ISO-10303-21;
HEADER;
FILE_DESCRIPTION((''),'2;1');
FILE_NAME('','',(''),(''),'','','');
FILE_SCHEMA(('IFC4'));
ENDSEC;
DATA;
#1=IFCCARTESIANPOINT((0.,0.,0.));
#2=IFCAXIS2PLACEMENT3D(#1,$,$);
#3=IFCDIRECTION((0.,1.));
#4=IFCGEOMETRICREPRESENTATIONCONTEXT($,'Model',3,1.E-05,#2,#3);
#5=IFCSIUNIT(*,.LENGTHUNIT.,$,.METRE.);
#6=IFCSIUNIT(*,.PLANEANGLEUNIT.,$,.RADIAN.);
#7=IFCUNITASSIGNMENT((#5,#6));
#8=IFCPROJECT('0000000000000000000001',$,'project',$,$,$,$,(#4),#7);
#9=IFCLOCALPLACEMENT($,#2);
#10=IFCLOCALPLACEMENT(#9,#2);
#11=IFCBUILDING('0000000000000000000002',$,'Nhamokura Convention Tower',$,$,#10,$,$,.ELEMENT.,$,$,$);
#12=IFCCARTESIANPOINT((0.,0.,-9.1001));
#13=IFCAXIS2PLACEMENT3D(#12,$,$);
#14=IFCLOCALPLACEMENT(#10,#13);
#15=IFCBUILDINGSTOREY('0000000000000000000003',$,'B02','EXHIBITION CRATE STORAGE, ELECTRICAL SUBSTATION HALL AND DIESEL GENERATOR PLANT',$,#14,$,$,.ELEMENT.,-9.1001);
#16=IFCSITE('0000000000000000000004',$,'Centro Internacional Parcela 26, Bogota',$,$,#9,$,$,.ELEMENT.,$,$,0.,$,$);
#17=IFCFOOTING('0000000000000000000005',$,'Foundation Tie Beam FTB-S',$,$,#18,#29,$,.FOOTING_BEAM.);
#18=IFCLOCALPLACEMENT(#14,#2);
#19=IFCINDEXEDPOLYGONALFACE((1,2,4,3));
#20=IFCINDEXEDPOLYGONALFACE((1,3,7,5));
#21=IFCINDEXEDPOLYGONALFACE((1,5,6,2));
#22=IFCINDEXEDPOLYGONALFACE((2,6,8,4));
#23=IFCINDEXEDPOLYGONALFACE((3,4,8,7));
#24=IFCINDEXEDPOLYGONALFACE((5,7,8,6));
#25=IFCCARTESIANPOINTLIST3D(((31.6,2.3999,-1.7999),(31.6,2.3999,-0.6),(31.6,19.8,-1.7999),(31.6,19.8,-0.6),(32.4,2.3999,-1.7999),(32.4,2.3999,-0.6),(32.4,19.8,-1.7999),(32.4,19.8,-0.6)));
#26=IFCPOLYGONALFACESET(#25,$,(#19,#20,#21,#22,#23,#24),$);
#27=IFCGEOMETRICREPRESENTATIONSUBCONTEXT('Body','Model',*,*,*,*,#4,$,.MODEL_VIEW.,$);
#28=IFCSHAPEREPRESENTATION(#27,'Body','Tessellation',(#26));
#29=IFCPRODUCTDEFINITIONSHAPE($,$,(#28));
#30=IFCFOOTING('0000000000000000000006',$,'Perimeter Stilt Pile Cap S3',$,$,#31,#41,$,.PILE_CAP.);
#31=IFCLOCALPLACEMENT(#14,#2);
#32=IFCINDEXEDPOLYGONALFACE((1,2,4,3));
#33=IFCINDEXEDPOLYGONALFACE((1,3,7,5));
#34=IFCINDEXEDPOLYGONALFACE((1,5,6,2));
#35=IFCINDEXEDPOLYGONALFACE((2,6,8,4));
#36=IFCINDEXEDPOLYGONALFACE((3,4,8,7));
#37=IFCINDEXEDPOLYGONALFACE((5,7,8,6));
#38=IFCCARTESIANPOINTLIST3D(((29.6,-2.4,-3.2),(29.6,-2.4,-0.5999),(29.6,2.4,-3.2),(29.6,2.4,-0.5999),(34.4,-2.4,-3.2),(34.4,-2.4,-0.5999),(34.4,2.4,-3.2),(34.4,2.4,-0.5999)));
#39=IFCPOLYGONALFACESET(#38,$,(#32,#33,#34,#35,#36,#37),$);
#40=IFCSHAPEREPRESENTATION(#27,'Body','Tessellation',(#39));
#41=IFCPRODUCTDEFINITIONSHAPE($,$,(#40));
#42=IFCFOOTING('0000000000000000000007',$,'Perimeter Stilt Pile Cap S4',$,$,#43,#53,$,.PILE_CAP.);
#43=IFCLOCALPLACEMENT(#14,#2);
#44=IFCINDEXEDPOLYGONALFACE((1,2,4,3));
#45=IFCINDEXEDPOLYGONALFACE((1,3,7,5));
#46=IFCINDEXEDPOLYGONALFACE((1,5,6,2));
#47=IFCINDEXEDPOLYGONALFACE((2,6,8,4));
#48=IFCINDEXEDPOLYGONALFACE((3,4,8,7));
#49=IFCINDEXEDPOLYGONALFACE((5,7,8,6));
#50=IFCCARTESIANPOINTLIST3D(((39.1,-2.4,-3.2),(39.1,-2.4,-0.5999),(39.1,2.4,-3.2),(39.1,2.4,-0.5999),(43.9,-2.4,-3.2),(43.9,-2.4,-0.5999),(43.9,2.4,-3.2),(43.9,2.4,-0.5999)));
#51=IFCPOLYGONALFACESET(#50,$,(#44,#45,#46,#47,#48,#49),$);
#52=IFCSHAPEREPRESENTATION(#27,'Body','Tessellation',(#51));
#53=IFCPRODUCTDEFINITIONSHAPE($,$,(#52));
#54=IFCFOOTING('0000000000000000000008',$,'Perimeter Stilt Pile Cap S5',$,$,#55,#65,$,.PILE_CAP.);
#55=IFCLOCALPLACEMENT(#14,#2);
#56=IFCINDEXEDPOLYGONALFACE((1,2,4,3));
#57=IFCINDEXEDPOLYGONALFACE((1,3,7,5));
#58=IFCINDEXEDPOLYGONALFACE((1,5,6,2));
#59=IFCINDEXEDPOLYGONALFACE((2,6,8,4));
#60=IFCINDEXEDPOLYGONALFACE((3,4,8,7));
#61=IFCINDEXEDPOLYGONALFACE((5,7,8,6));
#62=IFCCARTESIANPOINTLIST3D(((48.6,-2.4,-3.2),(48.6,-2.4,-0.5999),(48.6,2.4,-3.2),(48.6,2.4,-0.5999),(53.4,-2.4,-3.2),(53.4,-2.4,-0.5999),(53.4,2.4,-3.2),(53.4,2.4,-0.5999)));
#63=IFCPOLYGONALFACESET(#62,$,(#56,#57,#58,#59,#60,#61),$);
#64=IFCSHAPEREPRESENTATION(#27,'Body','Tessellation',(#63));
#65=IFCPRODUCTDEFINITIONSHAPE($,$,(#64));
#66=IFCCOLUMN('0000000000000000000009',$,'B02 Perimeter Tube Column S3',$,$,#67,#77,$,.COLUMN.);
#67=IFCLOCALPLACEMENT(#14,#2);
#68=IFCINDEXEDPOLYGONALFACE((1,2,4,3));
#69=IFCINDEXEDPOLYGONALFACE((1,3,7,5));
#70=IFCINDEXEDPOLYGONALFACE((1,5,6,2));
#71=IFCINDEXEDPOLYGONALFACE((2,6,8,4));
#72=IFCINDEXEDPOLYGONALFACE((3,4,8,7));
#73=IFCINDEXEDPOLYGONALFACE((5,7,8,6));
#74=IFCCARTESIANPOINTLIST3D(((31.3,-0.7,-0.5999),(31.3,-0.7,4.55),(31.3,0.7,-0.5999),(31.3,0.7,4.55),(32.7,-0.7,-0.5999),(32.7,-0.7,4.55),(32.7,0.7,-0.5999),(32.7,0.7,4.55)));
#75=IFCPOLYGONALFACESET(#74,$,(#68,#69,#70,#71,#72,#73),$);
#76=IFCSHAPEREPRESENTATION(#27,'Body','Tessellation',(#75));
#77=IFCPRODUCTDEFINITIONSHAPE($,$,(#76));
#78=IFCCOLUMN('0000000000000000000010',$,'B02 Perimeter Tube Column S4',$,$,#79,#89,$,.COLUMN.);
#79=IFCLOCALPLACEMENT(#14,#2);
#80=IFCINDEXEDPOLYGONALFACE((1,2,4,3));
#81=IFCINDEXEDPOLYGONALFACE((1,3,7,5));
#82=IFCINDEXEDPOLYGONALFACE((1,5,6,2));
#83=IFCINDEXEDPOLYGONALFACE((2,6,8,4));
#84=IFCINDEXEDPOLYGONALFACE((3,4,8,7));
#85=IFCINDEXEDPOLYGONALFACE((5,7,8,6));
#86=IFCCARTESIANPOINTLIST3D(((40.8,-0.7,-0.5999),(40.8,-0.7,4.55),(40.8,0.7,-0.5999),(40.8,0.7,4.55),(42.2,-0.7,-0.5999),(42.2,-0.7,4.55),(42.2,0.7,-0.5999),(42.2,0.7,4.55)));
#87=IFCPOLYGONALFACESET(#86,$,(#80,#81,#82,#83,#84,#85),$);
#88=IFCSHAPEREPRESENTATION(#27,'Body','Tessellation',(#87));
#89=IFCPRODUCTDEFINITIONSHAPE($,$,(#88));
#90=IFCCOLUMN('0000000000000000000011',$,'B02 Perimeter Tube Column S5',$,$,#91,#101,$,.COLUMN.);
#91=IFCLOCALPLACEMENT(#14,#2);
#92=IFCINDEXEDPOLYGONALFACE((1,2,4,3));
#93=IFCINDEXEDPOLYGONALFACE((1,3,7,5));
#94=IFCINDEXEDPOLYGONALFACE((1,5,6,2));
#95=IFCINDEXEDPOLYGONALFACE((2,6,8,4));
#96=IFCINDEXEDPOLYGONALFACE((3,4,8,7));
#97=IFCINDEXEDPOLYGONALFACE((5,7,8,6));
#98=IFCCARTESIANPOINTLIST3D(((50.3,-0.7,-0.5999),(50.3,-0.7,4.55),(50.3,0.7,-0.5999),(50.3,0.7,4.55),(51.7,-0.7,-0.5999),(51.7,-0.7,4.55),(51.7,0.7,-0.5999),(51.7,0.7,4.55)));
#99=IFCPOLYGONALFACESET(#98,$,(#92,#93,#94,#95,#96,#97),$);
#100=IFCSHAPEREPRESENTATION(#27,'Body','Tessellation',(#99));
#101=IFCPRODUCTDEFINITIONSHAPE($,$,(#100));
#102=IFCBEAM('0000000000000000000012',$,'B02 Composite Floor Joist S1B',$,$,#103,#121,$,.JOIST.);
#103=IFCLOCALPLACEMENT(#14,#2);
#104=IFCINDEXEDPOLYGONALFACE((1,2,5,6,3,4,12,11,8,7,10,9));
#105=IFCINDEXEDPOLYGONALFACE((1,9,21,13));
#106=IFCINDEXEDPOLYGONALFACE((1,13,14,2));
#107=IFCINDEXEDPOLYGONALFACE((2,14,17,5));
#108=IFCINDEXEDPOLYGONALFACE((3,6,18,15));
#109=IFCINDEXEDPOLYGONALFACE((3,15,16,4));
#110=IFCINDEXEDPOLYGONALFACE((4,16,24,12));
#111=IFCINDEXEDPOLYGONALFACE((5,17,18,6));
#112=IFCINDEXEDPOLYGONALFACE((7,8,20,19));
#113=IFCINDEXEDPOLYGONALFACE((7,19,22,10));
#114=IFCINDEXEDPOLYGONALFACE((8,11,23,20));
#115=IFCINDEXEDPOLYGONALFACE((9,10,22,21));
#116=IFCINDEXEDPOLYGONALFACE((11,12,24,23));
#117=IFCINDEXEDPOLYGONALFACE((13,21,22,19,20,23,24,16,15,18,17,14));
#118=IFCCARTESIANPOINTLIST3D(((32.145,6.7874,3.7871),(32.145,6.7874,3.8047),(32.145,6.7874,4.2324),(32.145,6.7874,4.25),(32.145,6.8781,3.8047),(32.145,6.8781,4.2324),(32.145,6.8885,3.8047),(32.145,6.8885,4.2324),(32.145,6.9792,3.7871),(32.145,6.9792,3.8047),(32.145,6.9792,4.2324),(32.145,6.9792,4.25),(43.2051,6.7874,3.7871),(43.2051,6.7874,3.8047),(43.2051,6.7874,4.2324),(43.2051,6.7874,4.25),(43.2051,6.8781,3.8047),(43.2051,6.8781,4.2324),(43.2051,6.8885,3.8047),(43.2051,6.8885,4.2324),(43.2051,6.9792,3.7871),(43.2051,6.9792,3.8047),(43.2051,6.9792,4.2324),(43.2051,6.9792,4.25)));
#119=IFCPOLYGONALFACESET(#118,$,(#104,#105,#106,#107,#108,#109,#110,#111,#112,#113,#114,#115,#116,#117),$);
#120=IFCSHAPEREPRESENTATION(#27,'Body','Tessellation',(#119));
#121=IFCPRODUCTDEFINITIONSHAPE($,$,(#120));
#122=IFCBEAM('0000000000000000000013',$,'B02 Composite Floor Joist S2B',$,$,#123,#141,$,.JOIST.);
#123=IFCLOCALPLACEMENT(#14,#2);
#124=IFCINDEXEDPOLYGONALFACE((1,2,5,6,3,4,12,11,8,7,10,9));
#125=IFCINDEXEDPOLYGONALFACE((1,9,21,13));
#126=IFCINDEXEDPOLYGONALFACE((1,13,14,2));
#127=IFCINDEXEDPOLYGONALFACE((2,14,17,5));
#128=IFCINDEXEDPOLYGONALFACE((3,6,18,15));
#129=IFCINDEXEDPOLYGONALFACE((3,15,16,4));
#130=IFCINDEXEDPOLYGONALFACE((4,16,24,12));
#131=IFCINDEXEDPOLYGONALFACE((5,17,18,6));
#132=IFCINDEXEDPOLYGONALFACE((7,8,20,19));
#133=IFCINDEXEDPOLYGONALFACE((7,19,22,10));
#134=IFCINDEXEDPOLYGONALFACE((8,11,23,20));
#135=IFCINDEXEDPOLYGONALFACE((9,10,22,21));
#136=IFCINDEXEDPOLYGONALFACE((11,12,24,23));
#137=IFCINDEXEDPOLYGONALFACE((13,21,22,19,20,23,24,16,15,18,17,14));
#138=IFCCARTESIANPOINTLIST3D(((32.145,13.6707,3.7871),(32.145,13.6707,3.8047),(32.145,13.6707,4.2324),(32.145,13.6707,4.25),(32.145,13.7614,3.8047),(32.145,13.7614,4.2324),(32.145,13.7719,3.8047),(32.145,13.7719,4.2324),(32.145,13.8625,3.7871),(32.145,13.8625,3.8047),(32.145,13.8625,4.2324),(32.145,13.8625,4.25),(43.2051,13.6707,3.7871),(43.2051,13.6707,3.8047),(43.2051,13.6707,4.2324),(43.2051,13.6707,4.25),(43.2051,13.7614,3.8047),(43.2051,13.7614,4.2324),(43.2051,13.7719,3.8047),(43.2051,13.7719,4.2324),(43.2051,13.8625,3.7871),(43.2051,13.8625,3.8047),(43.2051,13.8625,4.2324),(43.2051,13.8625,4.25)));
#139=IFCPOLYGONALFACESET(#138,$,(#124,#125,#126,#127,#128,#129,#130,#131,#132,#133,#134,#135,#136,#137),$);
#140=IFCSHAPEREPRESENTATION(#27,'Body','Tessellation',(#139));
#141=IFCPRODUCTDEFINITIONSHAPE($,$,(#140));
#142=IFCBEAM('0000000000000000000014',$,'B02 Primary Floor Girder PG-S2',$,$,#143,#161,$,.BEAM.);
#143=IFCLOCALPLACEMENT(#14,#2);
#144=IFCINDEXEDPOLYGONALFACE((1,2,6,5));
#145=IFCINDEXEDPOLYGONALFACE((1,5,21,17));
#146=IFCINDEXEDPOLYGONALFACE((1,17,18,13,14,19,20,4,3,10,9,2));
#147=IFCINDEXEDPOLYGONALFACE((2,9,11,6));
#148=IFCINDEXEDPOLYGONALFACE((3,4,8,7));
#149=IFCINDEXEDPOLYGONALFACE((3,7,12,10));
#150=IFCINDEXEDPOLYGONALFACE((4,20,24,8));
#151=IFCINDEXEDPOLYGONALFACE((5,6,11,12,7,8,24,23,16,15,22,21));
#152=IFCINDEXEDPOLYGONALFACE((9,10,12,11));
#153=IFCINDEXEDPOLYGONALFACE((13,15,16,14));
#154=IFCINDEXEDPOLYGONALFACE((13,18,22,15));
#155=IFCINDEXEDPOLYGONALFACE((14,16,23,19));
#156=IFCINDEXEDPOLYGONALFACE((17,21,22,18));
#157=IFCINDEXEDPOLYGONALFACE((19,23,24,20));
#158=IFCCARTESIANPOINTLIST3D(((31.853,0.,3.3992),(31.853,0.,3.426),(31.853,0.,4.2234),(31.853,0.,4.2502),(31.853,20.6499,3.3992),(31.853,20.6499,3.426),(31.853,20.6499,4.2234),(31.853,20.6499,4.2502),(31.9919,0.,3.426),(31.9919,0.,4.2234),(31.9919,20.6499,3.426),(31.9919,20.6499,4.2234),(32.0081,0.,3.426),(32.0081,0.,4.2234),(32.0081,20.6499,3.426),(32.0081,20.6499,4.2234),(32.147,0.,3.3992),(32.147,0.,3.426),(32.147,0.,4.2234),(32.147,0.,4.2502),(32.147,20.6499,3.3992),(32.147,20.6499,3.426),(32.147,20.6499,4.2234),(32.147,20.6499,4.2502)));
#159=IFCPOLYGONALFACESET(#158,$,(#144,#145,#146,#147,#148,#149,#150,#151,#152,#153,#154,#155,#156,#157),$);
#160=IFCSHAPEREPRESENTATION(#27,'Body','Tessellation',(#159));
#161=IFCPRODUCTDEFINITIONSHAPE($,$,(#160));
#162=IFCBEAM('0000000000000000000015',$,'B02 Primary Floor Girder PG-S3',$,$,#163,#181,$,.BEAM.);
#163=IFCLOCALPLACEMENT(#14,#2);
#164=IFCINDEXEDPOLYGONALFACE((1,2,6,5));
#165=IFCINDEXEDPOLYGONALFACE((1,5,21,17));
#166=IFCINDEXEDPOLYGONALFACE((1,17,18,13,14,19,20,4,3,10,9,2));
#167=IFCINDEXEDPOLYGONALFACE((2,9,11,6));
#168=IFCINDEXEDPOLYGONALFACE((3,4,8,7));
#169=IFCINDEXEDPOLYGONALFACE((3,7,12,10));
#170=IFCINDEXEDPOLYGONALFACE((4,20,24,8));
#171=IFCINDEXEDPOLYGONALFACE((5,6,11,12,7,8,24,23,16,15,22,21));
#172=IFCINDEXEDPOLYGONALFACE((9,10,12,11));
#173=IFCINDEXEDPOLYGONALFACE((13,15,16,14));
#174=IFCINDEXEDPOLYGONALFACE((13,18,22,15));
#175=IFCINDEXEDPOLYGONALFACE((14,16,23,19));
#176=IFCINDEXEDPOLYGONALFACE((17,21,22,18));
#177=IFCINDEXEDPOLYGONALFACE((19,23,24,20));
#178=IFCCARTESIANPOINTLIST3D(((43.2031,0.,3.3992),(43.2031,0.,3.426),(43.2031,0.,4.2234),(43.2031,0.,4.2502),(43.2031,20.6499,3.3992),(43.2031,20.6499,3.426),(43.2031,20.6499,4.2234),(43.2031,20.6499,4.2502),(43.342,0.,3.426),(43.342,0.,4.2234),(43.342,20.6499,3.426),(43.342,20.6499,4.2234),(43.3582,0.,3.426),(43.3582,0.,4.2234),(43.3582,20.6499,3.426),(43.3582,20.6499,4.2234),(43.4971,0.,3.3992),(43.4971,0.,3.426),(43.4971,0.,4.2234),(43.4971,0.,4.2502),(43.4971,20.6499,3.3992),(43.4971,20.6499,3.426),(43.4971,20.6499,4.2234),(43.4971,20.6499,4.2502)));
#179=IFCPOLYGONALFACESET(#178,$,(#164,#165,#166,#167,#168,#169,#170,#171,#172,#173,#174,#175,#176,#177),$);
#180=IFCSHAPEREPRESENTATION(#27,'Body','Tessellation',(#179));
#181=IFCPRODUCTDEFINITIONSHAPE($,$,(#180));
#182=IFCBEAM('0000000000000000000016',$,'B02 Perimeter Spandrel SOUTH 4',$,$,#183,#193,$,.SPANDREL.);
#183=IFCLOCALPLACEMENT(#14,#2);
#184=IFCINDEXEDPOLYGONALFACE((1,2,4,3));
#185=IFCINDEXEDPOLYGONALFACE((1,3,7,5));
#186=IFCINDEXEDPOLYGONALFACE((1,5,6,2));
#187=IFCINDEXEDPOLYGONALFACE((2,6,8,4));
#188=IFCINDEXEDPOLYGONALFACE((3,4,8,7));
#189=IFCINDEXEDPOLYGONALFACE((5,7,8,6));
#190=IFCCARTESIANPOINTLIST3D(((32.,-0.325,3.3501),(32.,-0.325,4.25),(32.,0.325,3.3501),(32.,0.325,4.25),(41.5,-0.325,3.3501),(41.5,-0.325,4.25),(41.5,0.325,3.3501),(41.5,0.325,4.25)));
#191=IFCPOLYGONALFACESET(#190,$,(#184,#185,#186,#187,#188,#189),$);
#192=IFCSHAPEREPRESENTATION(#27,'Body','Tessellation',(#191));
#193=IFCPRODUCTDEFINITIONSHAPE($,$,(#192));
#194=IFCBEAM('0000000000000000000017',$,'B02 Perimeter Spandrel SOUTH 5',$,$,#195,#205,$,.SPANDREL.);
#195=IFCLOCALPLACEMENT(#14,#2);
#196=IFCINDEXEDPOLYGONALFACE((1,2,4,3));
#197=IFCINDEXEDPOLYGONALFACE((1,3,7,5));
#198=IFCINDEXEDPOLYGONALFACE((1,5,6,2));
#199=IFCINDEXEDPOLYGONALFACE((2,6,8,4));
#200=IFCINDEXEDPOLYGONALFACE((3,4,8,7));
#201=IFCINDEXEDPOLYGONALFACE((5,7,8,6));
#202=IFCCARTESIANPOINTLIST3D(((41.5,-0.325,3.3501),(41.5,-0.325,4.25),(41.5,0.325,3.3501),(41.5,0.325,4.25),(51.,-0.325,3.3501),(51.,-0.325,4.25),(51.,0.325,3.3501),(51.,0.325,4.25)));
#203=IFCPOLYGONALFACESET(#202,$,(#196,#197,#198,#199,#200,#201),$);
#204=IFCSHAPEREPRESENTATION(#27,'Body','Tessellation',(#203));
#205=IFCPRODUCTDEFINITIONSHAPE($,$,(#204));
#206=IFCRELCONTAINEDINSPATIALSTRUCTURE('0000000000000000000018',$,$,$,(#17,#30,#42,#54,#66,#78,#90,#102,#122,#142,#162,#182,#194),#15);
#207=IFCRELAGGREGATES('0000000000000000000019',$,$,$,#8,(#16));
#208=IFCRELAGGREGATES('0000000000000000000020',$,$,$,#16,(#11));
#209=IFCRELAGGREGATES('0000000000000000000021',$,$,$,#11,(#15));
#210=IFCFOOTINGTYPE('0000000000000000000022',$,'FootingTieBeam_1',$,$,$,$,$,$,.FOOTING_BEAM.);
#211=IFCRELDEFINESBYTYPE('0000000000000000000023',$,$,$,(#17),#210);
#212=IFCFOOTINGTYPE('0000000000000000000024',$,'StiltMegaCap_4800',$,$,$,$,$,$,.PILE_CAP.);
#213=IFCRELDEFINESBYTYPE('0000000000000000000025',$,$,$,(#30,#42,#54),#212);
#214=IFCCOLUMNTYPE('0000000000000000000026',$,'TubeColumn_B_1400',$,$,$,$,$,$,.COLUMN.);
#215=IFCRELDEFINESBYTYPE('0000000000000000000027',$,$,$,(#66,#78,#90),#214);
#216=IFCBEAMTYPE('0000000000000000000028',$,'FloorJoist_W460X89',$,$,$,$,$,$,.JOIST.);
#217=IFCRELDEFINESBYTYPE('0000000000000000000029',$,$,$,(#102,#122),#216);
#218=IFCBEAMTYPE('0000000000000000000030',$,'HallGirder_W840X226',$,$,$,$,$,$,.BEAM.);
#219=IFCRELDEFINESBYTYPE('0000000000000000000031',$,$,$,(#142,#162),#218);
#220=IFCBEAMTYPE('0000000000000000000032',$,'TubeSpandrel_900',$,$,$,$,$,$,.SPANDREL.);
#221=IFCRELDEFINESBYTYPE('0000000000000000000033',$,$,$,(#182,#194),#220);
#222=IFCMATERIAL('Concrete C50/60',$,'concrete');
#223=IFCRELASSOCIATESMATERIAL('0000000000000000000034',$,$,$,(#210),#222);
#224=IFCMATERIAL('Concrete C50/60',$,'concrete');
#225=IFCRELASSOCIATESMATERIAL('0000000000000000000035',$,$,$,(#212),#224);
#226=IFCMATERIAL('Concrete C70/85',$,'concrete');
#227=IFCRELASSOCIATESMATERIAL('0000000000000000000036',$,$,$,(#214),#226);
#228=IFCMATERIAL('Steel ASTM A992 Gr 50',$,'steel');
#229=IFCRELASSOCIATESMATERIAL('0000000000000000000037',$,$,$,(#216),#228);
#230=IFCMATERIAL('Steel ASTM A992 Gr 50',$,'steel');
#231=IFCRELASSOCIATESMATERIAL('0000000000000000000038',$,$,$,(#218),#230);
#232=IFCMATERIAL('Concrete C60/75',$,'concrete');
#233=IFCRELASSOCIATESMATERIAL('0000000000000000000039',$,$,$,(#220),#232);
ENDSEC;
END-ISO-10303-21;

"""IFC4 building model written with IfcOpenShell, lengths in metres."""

from ifc_helpers import new_model, si_unit, direction, frame, origin, origin_2d, place, context, subcontext, project, spatial, rectangle, i_section, extrude, material, material_profile, profile_set, type_object, element, save


model = new_model("IFC4")

# Units and contexts
model_context = context("Model", 3, precision=1e-05, world=origin(), true_north=direction((0.0, 1.0)))
body_context = subcontext(model_context, "Body", "Model", "MODEL_VIEW")
ifc_project = project(units=[si_unit("LENGTHUNIT", "METRE"), si_unit("PLANEANGLEUNIT", "RADIAN")], contexts=[model_context])

# Site, building, storey
site_placement = place(None, origin())
site = spatial("IfcSite", under=ifc_project, at=site_placement, Name="Centro Internacional Parcela 26, Bogota", CompositionType="ELEMENT", RefElevation=0.0)
building_placement = place(site_placement, origin())
building = spatial("IfcBuilding", under=site, at=building_placement, Name="Nhamokura Convention Tower", CompositionType="ELEMENT")
storey_placement = place(building_placement, frame((0.0, 0.0, -9.1001)))
storey = spatial("IfcBuildingStorey", under=building, at=storey_placement, Name="B02", Description="EXHIBITION CRATE STORAGE, ELECTRICAL SUBSTATION HALL AND DIESEL GENERATOR PLANT", CompositionType="ELEMENT", Elevation=-9.1001)

# Footings
ifc_material_1 = material(Name="Concrete C50/60", Category="concrete")
ifc_material_profile_1 = material_profile(ifc_material_1, rectangle(XDim=0.8, YDim=1.2, at=origin_2d()))
ifc_profile_set_1 = profile_set([ifc_material_profile_1], Name="Concrete C50/60")
footing_type_1 = type_object("IfcFootingType", Name="FootingTieBeam_1", PredefinedType="FOOTING_BEAM", material=ifc_profile_set_1)
footing_placement = place(storey_placement, frame((32.0, 2.3999, -1.2), z_axis=(0.0, 1.0, 0.0), x_axis=(-1.0, 0.0, 0.0)))
element("IfcFooting", 1, at=footing_placement, inside=storey, type_object=footing_type_1, Name="Foundation Tie Beam FTB-S", PredefinedType="FOOTING_BEAM", context=body_context, shape_type="SweptSolid", body=[
    extrude(rectangle(XDim=0.8, YDim=1.2, at=origin_2d()), origin(), (0.0, 0.0, 1.0), 17.4001),
])
ifc_material_2 = material(Name="Concrete C50/60", Category="concrete")
footing_type_2 = type_object("IfcFootingType", Name="StiltMegaCap_4800", PredefinedType="PILE_CAP", material=ifc_material_2)
for number, where, z_axis, x_axis, name in (
    (2, (32.0, 0.0, -3.2), (0.0, 0.0, 1.0), (1.0, 0.0, 0.0), "Perimeter Stilt Pile Cap S3"),
    (3, (41.5, 0.0, -3.2), (0.0, 0.0, 1.0), (1.0, 0.0, 0.0), "Perimeter Stilt Pile Cap S4"),
    (4, (51.0, 0.0, -3.2), (0.0, 0.0, 1.0), (1.0, 0.0, 0.0), "Perimeter Stilt Pile Cap S5"),
):
    element("IfcFooting", number, at=place(storey_placement, frame(where, z_axis=z_axis, x_axis=x_axis)), inside=storey, type_object=footing_type_2, Name=name, PredefinedType="PILE_CAP", context=body_context, shape_type="SweptSolid", body=[
        extrude(rectangle(XDim=4.8, YDim=4.8, at=origin_2d()), origin(), (0.0, 0.0, 1.0), 2.6001),
    ])

# Columns
ifc_material_3 = material(Name="Concrete C70/85", Category="concrete")
ifc_material_profile_2 = material_profile(ifc_material_3, rectangle(XDim=1.3999, YDim=1.3999, at=origin_2d()))
ifc_profile_set_2 = profile_set([ifc_material_profile_2], Name="Concrete C70/85")
column_type = type_object("IfcColumnType", Name="TubeColumn_B_1400", PredefinedType="COLUMN", material=ifc_profile_set_2)
for number, where, z_axis, x_axis, name in (
    (5, (32.0, 0.0, -0.5999), (0.0, 0.0, 1.0), (1.0, 0.0, 0.0), "B02 Perimeter Tube Column S3"),
    (6, (41.5, 0.0, -0.5999), (0.0, 0.0, 1.0), (1.0, 0.0, 0.0), "B02 Perimeter Tube Column S4"),
    (7, (51.0, 0.0, -0.5999), (0.0, 0.0, 1.0), (1.0, 0.0, 0.0), "B02 Perimeter Tube Column S5"),
):
    element("IfcColumn", number, at=place(storey_placement, frame(where, z_axis=z_axis, x_axis=x_axis)), inside=storey, type_object=column_type, Name=name, PredefinedType="COLUMN", context=body_context, shape_type="SweptSolid", body=[
        extrude(rectangle(XDim=1.3999, YDim=1.3999, at=origin_2d()), origin(), (0.0, 0.0, 1.0), 5.1499),
    ])

# Beams
ifc_material_4 = material(Name="Steel ASTM A992 Gr 50", Category="steel")
ifc_material_profile_3 = material_profile(ifc_material_4, i_section(OverallWidth=0.1919, OverallDepth=0.4629, WebThickness=0.0105, FlangeThickness=0.0176, at=origin_2d()))
ifc_profile_set_3 = profile_set([ifc_material_profile_3], Name="Steel ASTM A992 Gr 50")
beam_type_1 = type_object("IfcBeamType", Name="FloorJoist_W460X89", PredefinedType="JOIST", material=ifc_profile_set_3)
for number, where, z_axis, x_axis, name in (
    (8, (32.145, 6.8833, 4.0186), (1.0, 0.0, 0.0), (0.0, 1.0, 0.0), "B02 Composite Floor Joist S1B"),
    (9, (32.145, 13.7666, 4.0186), (1.0, 0.0, 0.0), (0.0, 1.0, 0.0), "B02 Composite Floor Joist S2B"),
):
    element("IfcBeam", number, at=place(storey_placement, frame(where, z_axis=z_axis, x_axis=x_axis)), inside=storey, type_object=beam_type_1, Name=name, PredefinedType="JOIST", context=body_context, shape_type="SweptSolid", body=[
        extrude(i_section(OverallWidth=0.1919, OverallDepth=0.4629, WebThickness=0.0105, FlangeThickness=0.0176, at=origin_2d()), origin(), (0.0, 0.0, 1.0), 11.0601),
    ])
ifc_material_5 = material(Name="Steel ASTM A992 Gr 50", Category="steel")
ifc_material_profile_4 = material_profile(ifc_material_5, i_section(OverallWidth=0.2939, OverallDepth=0.8511, WebThickness=0.0161, FlangeThickness=0.0269, at=origin_2d()))
ifc_profile_set_4 = profile_set([ifc_material_profile_4], Name="Steel ASTM A992 Gr 50")
beam_type_2 = type_object("IfcBeamType", Name="HallGirder_W840X226", PredefinedType="BEAM", material=ifc_profile_set_4)
for number, where, z_axis, x_axis, name in (
    (10, (32.0, 0.0, 3.8247), (0.0, 1.0, 0.0), (-1.0, 0.0, 0.0), "B02 Primary Floor Girder PG-S2"),
    (11, (43.3501, 0.0, 3.8247), (0.0, 1.0, 0.0), (-1.0, 0.0, 0.0), "B02 Primary Floor Girder PG-S3"),
):
    element("IfcBeam", number, at=place(storey_placement, frame(where, z_axis=z_axis, x_axis=x_axis)), inside=storey, type_object=beam_type_2, Name=name, PredefinedType="BEAM", context=body_context, shape_type="SweptSolid", body=[
        extrude(i_section(OverallWidth=0.2939, OverallDepth=0.8511, WebThickness=0.0161, FlangeThickness=0.0269, at=origin_2d()), origin(), (0.0, 0.0, 1.0), 20.6499),
    ])
ifc_material_6 = material(Name="Concrete C60/75", Category="concrete")
ifc_material_profile_5 = material_profile(ifc_material_6, rectangle(XDim=0.6499, YDim=0.8999, at=origin_2d()))
ifc_profile_set_5 = profile_set([ifc_material_profile_5], Name="Concrete C60/75")
beam_type_3 = type_object("IfcBeamType", Name="TubeSpandrel_900", PredefinedType="SPANDREL", material=ifc_profile_set_5)
for number, where, z_axis, x_axis, name in (
    (12, (32.0, 0.0, 3.8), (1.0, 0.0, 0.0), (0.0, 1.0, 0.0), "B02 Perimeter Spandrel SOUTH 4"),
    (13, (41.5, 0.0, 3.8), (1.0, 0.0, 0.0), (0.0, 1.0, 0.0), "B02 Perimeter Spandrel SOUTH 5"),
):
    element("IfcBeam", number, at=place(storey_placement, frame(where, z_axis=z_axis, x_axis=x_axis)), inside=storey, type_object=beam_type_3, Name=name, PredefinedType="SPANDREL", context=body_context, shape_type="SweptSolid", body=[
        extrude(rectangle(XDim=0.6499, YDim=0.8999, at=origin_2d()), origin(), (0.0, 0.0, 1.0), 9.5),
    ])

save(model, "model.ifc")
